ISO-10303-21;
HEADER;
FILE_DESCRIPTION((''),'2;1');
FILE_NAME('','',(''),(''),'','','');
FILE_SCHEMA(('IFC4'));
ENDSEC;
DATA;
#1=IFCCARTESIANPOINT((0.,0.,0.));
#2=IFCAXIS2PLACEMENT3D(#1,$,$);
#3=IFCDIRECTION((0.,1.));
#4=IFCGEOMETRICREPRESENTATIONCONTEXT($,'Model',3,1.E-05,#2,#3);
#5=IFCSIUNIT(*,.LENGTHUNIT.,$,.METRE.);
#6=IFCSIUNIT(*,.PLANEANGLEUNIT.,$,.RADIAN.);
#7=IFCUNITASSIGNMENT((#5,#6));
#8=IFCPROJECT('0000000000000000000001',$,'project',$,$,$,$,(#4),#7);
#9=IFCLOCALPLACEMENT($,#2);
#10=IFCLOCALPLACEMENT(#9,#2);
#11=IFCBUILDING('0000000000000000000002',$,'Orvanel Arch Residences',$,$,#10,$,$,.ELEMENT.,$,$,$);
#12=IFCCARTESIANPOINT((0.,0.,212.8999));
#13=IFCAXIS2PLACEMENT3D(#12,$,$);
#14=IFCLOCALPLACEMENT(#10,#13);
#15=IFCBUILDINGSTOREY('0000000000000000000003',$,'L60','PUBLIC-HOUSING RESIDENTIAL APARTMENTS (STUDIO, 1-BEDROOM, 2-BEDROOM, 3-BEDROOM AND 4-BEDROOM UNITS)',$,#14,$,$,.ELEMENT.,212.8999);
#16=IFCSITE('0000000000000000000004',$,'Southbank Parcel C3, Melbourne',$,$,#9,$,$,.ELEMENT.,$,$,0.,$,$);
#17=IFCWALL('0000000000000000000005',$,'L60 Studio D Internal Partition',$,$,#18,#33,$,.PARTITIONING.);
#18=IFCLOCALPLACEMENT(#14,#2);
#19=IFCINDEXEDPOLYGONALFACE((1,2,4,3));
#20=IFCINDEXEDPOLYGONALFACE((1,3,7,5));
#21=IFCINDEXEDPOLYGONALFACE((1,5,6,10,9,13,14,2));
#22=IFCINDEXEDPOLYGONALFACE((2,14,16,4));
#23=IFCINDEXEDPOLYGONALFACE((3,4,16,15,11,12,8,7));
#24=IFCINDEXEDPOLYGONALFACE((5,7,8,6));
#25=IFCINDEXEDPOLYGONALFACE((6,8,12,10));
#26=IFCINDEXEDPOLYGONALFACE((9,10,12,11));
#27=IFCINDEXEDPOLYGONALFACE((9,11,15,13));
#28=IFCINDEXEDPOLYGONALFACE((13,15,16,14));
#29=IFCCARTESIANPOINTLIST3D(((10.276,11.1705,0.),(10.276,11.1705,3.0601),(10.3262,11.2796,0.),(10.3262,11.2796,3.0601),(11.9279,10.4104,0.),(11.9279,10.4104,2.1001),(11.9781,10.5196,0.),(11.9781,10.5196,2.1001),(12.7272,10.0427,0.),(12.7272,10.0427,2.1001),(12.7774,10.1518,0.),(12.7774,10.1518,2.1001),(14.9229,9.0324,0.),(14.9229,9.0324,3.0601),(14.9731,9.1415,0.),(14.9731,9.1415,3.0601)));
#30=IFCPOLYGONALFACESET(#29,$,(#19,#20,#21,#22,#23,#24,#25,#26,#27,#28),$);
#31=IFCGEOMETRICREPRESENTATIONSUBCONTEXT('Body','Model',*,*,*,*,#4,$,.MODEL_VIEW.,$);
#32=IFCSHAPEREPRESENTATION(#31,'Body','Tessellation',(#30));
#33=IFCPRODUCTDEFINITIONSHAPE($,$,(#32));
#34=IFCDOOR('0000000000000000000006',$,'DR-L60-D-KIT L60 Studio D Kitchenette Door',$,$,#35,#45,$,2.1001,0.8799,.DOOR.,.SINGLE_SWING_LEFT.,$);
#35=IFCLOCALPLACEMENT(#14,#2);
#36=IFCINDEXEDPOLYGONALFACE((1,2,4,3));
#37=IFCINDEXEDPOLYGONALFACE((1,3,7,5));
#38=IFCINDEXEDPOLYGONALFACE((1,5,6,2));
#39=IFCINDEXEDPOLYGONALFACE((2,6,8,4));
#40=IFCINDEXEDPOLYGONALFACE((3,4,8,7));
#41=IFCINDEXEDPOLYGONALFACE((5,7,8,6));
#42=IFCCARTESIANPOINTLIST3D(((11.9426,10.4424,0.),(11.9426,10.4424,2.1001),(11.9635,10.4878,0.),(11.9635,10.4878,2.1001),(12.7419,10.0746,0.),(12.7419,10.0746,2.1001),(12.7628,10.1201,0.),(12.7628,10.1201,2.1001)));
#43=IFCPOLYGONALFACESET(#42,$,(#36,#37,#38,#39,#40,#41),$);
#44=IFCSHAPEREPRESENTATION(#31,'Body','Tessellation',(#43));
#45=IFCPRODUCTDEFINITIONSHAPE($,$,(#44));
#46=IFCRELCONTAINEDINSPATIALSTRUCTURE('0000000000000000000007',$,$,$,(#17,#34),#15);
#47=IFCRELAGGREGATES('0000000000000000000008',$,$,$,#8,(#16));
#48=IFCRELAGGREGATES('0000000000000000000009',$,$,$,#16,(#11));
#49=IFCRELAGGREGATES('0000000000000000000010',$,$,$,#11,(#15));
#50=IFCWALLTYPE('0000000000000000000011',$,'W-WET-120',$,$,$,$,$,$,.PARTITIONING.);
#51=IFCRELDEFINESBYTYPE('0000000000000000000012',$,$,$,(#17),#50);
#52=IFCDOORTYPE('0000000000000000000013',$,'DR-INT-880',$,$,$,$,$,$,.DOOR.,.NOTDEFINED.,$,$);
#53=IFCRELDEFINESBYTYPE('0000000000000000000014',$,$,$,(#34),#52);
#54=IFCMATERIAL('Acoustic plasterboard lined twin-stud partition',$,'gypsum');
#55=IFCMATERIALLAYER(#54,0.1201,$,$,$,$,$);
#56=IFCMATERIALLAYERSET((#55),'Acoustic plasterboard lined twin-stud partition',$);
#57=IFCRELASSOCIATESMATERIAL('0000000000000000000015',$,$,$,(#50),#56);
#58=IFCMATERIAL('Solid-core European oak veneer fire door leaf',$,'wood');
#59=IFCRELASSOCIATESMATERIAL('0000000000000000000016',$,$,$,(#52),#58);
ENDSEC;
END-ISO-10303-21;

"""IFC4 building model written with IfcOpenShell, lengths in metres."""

from ifc_helpers import new_model, si_unit, direction, frame, frame_2d, origin, place, context, subcontext, project, spatial, rectangle, extrude, material, layer, layer_set, type_object, element, fill, save


model = new_model("IFC4")

# Units and contexts
model_context = context("Model", 3, precision=1e-05, world=origin(), true_north=direction((0.0, 1.0)))
body_context = subcontext(model_context, "Body", "Model", "MODEL_VIEW")
ifc_project = project(units=[si_unit("LENGTHUNIT", "METRE"), si_unit("PLANEANGLEUNIT", "RADIAN")], contexts=[model_context])

# Site, building, storey
site_placement = place(None, origin())
site = spatial("IfcSite", under=ifc_project, at=site_placement, Name="Southbank Parcel C3, Melbourne", CompositionType="ELEMENT", RefElevation=0.0)
building_placement = place(site_placement, origin())
building = spatial("IfcBuilding", under=site, at=building_placement, Name="Orvanel Arch Residences", CompositionType="ELEMENT")
storey_placement = place(building_placement, frame((0.0, 0.0, 212.8999)))
storey = spatial("IfcBuildingStorey", under=building, at=storey_placement, Name="L60", Description="PUBLIC-HOUSING RESIDENTIAL APARTMENTS (STUDIO, 1-BEDROOM, 2-BEDROOM, 3-BEDROOM AND 4-BEDROOM UNITS)", CompositionType="ELEMENT", Elevation=212.8999)

# Shared definitions
ifc_material_1 = material(Name="Acoustic plasterboard lined twin-stud partition", Category="gypsum")
ifc_layer_1 = layer(ifc_material_1, 0.1201)
ifc_layer_set_1 = layer_set([ifc_layer_1], Name="Acoustic plasterboard lined twin-stud partition")
wall_type = type_object("IfcWallType", Name="W-WET-120", PredefinedType="PARTITIONING", material=ifc_layer_set_1)

# Wall, opening, door
wall_1_placement = place(storey_placement, frame((14.948, 9.0869, 0.0), z_axis=(0.0, 0.0, 1.0), x_axis=(-0.908448, 0.417999, 0.0)))
wall_1 = element("IfcWall", 1, at=wall_1_placement, inside=storey, type_object=wall_type, Name="L60 Studio D Internal Partition", PredefinedType="PARTITIONING", context=body_context, shape_type="SweptSolid", body=[
    extrude(rectangle(XDim=5.1152, YDim=0.1201, at=frame_2d((2.5576, 0.0))), origin(), (0.0, 0.0, 1.0), 3.0601),
])
opening_placement = place(wall_1_placement, frame((2.417, 0.0, 0.0)))
opening = element("IfcOpeningElement", 2, at=opening_placement, cuts=wall_1, PredefinedType="OPENING", context=body_context, shape_type="SweptSolid", body=[
    extrude(rectangle(XDim=0.8799, YDim=2.1001, at=frame_2d((0.4399, 1.05))), frame((0.0, 0.0701, 0.0), z_axis=(0.0, -1.0, 0.0), x_axis=(1.0, 0.0, 0.0)), (0.0, 0.0, 1.0), 0.1401),
])
ifc_material_2 = material(Name="Solid-core European oak veneer fire door leaf", Category="wood")
door_type = type_object("IfcDoorType", Name="DR-INT-880", OperationType="NOTDEFINED", PredefinedType="DOOR", material=ifc_material_2)
door_placement = place(opening_placement, origin())
door = element("IfcDoor", 3, at=door_placement, inside=storey, type_object=door_type, Name="DR-L60-D-KIT L60 Studio D Kitchenette Door", OperationType="SINGLE_SWING_LEFT", OverallHeight=2.1001, OverallWidth=0.8799, PredefinedType="DOOR", context=body_context, shape_type="SweptSolid", body=[
    extrude(rectangle(XDim=0.8799, YDim=2.1001, at=frame_2d((0.4399, 1.05))), frame((0.0, 0.0249, 0.0), z_axis=(0.0, -1.0, 0.0), x_axis=(1.0, 0.0, 0.0)), (0.0, 0.0, 1.0), 0.05),
])
fill(opening, door)

save(model, "model.ifc")
